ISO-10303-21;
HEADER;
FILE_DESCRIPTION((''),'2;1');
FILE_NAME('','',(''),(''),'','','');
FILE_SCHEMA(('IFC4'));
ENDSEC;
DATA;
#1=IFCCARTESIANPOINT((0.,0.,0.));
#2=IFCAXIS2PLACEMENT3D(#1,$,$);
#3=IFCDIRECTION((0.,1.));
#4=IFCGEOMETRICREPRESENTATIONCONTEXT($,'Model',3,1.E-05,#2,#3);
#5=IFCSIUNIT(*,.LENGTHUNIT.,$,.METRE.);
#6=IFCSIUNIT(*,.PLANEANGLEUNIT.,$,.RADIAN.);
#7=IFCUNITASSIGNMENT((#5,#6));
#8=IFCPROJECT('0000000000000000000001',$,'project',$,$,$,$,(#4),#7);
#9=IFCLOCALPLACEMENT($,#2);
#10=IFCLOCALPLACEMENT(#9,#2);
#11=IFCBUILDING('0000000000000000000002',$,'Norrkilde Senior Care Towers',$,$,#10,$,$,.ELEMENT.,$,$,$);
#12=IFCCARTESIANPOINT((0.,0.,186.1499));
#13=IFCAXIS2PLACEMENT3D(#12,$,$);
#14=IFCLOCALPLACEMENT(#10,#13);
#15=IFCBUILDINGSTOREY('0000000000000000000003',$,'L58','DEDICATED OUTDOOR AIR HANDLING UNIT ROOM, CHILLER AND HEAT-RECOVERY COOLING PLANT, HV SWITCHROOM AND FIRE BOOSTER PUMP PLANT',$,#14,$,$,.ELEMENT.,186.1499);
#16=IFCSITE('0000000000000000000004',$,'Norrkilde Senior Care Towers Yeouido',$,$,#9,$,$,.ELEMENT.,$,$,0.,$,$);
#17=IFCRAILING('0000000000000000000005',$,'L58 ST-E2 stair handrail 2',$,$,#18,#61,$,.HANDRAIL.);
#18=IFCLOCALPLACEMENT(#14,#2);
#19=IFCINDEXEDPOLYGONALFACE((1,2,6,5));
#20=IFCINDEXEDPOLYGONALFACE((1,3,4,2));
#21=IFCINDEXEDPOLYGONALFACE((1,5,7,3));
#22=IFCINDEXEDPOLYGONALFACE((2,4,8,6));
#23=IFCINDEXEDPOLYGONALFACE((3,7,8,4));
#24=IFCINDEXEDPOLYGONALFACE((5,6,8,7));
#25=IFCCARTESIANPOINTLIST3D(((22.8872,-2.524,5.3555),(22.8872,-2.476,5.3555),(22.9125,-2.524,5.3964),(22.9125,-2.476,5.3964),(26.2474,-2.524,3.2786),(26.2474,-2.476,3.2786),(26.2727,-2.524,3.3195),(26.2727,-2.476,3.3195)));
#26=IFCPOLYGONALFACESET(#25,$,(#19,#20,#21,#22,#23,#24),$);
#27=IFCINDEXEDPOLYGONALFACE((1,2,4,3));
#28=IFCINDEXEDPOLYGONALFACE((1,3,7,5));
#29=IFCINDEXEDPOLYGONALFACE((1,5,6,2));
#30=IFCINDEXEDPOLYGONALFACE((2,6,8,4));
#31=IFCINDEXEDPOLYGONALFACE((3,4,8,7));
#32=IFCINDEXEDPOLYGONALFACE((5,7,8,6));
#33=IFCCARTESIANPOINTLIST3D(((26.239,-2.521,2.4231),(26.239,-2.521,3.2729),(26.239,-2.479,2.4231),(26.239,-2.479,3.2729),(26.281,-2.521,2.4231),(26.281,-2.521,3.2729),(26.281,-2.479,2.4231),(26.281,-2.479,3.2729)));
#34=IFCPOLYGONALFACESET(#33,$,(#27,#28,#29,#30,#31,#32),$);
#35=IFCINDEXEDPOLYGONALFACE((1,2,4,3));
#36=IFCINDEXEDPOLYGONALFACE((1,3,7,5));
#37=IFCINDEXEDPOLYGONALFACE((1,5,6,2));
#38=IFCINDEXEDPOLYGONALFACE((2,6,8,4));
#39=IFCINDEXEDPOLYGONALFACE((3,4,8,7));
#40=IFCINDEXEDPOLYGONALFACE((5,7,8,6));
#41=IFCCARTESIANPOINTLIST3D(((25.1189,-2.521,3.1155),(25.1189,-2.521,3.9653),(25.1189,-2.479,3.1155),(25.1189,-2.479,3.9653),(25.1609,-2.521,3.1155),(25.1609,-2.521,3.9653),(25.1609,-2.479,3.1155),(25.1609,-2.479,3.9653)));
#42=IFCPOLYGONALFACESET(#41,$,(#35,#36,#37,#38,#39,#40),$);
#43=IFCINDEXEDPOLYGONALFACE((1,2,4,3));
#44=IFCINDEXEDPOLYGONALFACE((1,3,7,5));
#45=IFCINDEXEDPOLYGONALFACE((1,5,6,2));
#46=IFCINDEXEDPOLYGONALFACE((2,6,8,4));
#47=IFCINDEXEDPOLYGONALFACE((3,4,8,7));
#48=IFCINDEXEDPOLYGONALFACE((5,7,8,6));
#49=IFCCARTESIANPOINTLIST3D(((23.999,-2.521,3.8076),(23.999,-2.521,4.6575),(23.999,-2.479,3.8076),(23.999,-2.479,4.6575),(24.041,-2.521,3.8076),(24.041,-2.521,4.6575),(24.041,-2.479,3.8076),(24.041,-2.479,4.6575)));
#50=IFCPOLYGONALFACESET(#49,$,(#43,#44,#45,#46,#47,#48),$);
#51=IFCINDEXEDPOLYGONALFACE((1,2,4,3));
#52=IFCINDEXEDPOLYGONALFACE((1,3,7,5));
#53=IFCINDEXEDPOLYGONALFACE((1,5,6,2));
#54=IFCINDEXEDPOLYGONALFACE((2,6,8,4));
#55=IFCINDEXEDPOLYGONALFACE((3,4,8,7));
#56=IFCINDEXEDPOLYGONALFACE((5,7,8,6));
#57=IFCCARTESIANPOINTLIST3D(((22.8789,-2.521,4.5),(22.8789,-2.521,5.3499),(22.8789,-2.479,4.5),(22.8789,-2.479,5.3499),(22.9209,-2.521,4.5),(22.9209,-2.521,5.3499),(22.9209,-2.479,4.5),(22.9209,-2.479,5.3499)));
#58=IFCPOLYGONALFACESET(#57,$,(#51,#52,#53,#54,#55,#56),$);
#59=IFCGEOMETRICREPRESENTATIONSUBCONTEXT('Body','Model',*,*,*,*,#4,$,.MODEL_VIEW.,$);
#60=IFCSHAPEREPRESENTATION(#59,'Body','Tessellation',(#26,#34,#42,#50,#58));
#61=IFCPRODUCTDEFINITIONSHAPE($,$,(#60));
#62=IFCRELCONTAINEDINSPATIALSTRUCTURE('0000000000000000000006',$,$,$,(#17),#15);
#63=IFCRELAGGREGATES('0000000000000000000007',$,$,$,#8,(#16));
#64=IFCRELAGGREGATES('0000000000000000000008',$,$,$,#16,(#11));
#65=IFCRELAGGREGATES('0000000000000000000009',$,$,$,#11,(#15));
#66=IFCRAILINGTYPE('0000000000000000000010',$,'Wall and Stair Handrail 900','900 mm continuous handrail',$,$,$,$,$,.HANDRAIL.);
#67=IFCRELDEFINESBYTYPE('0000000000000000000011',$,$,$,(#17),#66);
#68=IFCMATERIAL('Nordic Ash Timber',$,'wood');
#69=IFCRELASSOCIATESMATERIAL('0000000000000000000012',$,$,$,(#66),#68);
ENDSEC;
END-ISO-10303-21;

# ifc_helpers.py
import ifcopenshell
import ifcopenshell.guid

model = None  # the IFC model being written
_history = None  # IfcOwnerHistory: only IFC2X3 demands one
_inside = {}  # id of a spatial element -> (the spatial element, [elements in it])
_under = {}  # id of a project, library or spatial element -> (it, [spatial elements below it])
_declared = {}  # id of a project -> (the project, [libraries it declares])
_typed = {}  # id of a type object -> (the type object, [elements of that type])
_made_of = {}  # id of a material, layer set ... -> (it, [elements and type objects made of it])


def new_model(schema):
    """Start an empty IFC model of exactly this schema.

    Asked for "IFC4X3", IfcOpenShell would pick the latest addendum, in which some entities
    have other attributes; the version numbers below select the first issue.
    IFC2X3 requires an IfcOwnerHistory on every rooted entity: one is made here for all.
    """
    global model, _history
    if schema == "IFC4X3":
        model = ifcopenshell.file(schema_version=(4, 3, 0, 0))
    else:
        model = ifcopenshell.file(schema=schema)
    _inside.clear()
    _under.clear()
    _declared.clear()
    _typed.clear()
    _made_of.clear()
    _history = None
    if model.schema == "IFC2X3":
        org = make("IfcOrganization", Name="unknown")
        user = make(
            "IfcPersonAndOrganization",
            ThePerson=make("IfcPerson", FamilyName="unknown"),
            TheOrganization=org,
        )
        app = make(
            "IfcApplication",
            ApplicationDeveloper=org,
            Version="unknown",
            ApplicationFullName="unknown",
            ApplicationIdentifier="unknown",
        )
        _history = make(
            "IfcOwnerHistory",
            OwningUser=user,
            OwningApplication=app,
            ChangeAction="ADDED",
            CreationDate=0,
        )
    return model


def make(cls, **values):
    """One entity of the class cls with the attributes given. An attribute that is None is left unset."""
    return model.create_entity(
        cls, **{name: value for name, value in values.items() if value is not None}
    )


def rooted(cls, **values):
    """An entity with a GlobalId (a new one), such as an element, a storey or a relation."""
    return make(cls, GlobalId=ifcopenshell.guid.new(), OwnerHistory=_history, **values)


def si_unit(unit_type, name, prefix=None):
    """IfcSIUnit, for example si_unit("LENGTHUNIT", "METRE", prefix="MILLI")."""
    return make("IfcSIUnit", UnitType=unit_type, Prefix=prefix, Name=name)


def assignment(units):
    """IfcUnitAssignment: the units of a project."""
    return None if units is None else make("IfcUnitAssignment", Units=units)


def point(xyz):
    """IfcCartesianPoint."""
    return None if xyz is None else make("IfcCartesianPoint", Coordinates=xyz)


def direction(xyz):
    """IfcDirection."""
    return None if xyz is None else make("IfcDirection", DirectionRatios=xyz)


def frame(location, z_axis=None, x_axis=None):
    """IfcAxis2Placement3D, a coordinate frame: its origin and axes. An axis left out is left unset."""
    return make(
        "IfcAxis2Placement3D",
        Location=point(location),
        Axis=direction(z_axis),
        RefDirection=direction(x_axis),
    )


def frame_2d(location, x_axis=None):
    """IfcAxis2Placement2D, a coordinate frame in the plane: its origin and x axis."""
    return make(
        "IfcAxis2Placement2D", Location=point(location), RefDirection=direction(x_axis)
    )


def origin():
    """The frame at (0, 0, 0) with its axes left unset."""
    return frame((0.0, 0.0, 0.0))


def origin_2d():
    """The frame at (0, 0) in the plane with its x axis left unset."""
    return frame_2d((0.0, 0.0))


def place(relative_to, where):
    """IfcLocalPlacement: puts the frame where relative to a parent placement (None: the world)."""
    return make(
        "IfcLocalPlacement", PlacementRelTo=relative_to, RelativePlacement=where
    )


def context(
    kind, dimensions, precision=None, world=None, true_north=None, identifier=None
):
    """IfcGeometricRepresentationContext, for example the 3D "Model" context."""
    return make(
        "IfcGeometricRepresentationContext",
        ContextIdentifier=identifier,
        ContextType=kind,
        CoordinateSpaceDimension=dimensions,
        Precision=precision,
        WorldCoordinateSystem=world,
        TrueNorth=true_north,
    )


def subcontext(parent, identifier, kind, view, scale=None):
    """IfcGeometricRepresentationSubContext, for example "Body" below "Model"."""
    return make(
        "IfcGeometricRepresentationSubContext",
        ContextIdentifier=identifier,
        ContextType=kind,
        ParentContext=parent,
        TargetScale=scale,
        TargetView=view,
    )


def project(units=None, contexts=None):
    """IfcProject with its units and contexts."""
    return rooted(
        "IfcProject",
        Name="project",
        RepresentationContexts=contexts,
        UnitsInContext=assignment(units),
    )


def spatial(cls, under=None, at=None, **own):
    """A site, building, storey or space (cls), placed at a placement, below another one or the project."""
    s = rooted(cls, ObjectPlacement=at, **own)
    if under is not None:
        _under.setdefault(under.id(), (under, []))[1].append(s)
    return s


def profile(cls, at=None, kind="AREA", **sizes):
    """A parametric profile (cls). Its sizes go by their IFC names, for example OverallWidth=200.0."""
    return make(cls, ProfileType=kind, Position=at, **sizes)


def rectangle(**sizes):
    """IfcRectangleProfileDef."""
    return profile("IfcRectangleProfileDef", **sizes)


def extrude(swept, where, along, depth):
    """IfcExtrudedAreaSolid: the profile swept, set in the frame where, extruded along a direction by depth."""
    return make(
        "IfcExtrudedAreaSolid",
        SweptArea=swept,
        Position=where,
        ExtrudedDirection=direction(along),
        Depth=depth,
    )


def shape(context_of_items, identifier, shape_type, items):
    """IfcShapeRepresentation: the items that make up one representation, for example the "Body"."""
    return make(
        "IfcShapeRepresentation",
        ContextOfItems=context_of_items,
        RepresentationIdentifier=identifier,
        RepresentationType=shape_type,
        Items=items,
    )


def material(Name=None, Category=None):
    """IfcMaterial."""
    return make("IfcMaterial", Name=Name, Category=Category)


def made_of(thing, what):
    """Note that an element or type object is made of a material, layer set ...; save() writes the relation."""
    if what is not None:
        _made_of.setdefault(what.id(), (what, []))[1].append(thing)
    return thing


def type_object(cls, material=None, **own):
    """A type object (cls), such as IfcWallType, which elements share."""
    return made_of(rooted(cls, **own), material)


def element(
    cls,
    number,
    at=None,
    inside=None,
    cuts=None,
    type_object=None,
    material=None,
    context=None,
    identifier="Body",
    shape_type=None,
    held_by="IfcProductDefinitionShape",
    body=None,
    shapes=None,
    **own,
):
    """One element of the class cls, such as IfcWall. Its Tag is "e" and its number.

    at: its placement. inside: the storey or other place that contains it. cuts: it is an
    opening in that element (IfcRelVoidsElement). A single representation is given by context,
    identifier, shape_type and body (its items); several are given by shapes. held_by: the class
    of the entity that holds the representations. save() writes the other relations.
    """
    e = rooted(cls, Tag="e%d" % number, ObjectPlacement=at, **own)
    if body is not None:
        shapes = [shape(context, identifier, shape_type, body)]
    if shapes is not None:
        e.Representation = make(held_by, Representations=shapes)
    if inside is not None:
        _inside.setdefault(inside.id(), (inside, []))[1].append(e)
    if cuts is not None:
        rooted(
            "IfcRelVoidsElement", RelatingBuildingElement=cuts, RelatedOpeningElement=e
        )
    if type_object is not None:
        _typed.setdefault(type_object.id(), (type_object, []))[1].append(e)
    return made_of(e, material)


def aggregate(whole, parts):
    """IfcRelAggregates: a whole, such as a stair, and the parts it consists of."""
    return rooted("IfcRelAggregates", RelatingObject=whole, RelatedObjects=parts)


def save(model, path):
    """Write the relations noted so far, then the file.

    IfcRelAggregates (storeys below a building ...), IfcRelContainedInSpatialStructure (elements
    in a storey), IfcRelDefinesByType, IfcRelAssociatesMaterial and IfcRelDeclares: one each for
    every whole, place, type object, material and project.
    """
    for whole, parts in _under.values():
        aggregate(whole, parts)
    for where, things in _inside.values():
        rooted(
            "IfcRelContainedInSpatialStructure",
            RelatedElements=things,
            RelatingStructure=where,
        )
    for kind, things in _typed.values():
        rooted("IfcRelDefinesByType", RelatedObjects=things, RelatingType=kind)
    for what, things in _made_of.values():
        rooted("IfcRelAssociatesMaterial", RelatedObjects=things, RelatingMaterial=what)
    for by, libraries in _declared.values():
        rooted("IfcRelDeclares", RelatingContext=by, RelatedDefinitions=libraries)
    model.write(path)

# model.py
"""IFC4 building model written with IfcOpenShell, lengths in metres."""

from ifc_helpers import new_model, si_unit, direction, frame, origin, origin_2d, place, context, subcontext, project, spatial, rectangle, extrude, material, type_object, element, save


model = new_model("IFC4")

# Units and contexts
model_context = context("Model", 3, precision=1e-05, world=origin(), true_north=direction((0.0, 1.0)))
body_context = subcontext(model_context, "Body", "Model", "MODEL_VIEW")
ifc_project = project(units=[si_unit("LENGTHUNIT", "METRE"), si_unit("PLANEANGLEUNIT", "RADIAN")], contexts=[model_context])

# Site, building, storey
site_placement = place(None, origin())
site = spatial("IfcSite", under=ifc_project, at=site_placement, Name="Norrkilde Senior Care Towers Yeouido", CompositionType="ELEMENT", RefElevation=0.0)
building_placement = place(site_placement, origin())
building = spatial("IfcBuilding", under=site, at=building_placement, Name="Norrkilde Senior Care Towers", CompositionType="ELEMENT")
storey_placement = place(building_placement, frame((0.0, 0.0, 186.1499)))
storey = spatial("IfcBuildingStorey", under=building, at=storey_placement, Name="L58", Description="DEDICATED OUTDOOR AIR HANDLING UNIT ROOM, CHILLER AND HEAT-RECOVERY COOLING PLANT, HV SWITCHROOM AND FIRE BOOSTER PUMP PLANT", CompositionType="ELEMENT", Elevation=186.1499)

# Railing
ifc_material_1 = material(Name="Nordic Ash Timber", Category="wood")
railing_type_1 = type_object("IfcRailingType", Name="Wall and Stair Handrail 900", Description="900 mm continuous handrail", PredefinedType="HANDRAIL", material=ifc_material_1)
railing_1_placement = place(storey_placement, frame((26.26, -2.5, 2.4231)))
element("IfcRailing", 1, at=railing_1_placement, inside=storey, type_object=railing_type_1, Name="L58 ST-E2 stair handrail 2", PredefinedType="HANDRAIL", context=body_context, shape_type="SweptSolid", body=[
    extrude(rectangle(XDim=0.0481, YDim=0.0481, at=origin_2d()), frame((0.0, 0.0, 0.876), z_axis=(-0.850623, 0.0, 0.525776), x_axis=(0.0, -1.0, 0.0)), (0.0, 0.0, 1.0), 3.9502),
    extrude(rectangle(XDim=0.042, YDim=0.042, at=origin_2d()), origin(), (0.0, 0.0, 1.0), 0.8499),
    extrude(rectangle(XDim=0.042, YDim=0.042, at=origin_2d()), frame((-1.1201, 0.0, 0.6924)), (0.0, 0.0, 1.0), 0.8499),
    extrude(rectangle(XDim=0.042, YDim=0.042, at=origin_2d()), frame((-2.24, 0.0, 1.3845)), (0.0, 0.0, 1.0), 0.8499),
    extrude(rectangle(XDim=0.042, YDim=0.042, at=origin_2d()), frame((-3.3601, 0.0, 2.0769)), (0.0, 0.0, 1.0), 0.8499),
])

save(model, "model.ifc")
